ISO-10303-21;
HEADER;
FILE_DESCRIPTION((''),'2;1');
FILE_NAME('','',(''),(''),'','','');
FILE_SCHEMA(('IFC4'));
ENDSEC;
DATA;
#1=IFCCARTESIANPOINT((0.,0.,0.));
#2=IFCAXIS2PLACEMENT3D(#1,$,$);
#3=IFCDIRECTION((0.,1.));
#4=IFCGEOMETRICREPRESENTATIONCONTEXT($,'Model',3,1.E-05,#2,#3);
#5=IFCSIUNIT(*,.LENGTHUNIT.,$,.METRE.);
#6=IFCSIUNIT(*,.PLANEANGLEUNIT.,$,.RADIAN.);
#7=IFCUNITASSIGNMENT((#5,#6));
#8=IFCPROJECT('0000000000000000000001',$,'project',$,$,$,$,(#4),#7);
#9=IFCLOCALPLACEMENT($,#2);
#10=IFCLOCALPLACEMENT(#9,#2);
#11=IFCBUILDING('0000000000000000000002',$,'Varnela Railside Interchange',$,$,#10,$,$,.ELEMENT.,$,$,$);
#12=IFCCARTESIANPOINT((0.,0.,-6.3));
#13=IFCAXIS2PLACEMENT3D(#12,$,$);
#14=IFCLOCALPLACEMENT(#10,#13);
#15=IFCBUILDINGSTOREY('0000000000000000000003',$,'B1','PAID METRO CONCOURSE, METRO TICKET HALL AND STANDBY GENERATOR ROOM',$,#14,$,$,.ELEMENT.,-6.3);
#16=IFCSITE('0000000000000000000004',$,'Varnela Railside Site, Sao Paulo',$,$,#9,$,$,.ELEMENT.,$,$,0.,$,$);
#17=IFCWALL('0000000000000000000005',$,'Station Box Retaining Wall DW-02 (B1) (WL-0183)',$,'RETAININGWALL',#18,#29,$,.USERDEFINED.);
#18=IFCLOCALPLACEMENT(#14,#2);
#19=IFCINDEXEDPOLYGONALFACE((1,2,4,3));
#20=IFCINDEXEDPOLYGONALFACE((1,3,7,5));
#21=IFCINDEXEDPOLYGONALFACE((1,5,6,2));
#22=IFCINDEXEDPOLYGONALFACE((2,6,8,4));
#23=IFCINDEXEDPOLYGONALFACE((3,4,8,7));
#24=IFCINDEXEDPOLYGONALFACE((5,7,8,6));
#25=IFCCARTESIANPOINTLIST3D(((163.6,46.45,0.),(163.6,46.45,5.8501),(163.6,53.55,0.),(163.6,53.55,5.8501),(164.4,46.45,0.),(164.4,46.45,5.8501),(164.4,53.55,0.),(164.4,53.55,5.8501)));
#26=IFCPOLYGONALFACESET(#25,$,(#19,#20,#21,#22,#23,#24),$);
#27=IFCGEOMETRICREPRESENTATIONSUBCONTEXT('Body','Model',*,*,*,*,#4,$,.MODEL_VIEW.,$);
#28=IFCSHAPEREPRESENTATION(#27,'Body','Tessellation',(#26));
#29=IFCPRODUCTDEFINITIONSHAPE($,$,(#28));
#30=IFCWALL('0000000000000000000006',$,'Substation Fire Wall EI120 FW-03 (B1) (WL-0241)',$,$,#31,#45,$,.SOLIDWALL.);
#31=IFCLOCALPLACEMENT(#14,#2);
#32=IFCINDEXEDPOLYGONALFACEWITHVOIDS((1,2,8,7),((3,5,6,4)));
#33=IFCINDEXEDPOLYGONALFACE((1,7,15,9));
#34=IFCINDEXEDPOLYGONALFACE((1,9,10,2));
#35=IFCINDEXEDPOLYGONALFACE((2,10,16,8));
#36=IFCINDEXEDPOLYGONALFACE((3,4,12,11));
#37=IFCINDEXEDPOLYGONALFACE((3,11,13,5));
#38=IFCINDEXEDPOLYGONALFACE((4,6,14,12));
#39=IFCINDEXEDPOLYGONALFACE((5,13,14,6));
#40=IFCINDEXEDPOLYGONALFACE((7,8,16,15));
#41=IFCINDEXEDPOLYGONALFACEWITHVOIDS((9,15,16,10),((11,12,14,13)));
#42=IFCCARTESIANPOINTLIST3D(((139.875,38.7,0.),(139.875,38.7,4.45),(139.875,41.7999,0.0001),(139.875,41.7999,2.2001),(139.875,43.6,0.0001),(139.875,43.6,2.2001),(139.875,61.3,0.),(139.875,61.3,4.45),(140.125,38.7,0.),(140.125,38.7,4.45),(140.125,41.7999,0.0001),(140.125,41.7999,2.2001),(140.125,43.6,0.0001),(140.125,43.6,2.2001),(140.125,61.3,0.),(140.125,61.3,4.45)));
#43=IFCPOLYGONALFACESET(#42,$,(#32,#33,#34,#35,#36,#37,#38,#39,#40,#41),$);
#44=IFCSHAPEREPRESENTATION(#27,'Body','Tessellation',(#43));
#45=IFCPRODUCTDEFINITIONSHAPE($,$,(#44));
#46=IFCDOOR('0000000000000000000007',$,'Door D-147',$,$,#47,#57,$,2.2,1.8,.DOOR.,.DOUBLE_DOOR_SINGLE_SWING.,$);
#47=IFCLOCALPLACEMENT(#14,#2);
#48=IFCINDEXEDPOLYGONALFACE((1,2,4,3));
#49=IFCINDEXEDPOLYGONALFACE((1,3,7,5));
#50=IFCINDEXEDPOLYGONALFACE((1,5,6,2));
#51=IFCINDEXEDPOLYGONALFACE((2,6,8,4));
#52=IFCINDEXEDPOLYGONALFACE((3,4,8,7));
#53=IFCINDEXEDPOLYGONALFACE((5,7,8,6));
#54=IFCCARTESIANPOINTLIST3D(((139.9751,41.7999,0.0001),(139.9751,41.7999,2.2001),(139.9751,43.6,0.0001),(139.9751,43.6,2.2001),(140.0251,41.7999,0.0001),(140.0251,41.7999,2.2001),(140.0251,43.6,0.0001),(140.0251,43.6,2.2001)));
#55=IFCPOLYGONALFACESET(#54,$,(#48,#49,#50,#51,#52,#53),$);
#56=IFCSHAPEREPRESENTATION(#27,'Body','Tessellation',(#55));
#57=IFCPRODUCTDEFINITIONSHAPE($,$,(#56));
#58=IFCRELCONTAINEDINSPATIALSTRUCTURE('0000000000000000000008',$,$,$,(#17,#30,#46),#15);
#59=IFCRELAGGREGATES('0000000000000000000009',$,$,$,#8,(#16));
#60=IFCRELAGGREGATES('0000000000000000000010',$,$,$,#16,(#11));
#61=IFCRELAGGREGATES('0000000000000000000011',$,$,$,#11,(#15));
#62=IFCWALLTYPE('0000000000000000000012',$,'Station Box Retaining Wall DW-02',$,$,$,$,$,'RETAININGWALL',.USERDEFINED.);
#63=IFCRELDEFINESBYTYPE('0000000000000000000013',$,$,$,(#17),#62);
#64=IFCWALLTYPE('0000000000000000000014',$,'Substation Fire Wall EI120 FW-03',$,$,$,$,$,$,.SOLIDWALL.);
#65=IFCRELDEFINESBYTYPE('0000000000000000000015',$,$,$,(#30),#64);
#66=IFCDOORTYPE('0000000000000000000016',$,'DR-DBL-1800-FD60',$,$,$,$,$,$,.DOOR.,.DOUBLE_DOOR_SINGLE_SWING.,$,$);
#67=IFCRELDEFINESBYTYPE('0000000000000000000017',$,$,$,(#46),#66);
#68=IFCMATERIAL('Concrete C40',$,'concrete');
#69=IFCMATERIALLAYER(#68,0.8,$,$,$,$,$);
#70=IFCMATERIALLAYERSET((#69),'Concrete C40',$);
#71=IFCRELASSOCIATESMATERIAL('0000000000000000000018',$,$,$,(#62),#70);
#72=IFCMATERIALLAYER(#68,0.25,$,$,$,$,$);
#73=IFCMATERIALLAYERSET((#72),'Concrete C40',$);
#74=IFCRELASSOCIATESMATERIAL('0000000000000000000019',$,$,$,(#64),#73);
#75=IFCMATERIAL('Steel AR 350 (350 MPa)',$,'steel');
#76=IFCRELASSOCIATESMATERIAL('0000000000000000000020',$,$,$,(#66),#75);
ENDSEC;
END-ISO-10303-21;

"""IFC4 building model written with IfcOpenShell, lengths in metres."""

from ifc_helpers import new_model, si_unit, direction, frame, frame_2d, origin, place, context, subcontext, project, spatial, rectangle, extrude, material, layer, layer_set, type_object, element, fill, save


model = new_model("IFC4")

# Units and contexts
model_context = context("Model", 3, precision=1e-05, world=origin(), true_north=direction((0.0, 1.0)))
body_context = subcontext(model_context, "Body", "Model", "MODEL_VIEW")
ifc_project = project(units=[si_unit("LENGTHUNIT", "METRE"), si_unit("PLANEANGLEUNIT", "RADIAN")], contexts=[model_context])

# Site, building, storey
site_placement = place(None, origin())
site = spatial("IfcSite", under=ifc_project, at=site_placement, Name="Varnela Railside Site, Sao Paulo", CompositionType="ELEMENT", RefElevation=0.0)
building_placement = place(site_placement, origin())
building = spatial("IfcBuilding", under=site, at=building_placement, Name="Varnela Railside Interchange", CompositionType="ELEMENT")
storey_placement = place(building_placement, frame((0.0, 0.0, -6.3)))
storey = spatial("IfcBuildingStorey", under=building, at=storey_placement, Name="B1", Description="PAID METRO CONCOURSE, METRO TICKET HALL AND STANDBY GENERATOR ROOM", CompositionType="ELEMENT", Elevation=-6.3)

# Shared definitions
ifc_material_1 = material(Name="Concrete C40", Category="concrete")

# Shared definitions
ifc_material_2 = material(Name="Steel AR 350 (350 MPa)", Category="steel")

# Wall
ifc_layer_1 = layer(ifc_material_1, 0.8)
ifc_layer_set_1 = layer_set([ifc_layer_1], Name="Concrete C40")
wall_type_1 = type_object("IfcWallType", Name="Station Box Retaining Wall DW-02", ElementType="RETAININGWALL", PredefinedType="USERDEFINED", material=ifc_layer_set_1)
for number, where, z_axis, x_axis, name in (
    (1, (164.0, 46.45, 0.0), (0.0, 0.0, 1.0), (0.0, 1.0, 0.0), "Station Box Retaining Wall DW-02 (B1) (WL-0183)"),
):
    element("IfcWall", number, at=place(storey_placement, frame(where, z_axis=z_axis, x_axis=x_axis)), inside=storey, type_object=wall_type_1, Name=name, ObjectType="RETAININGWALL", PredefinedType="USERDEFINED", context=body_context, shape_type="SweptSolid", body=[
        extrude(rectangle(XDim=7.1001, YDim=0.8, at=frame_2d((3.55, 0.0))), origin(), (0.0, 0.0, 1.0), 5.8501),
    ])

# Wall, opening, door
ifc_layer_2 = layer(ifc_material_1, 0.25)
ifc_layer_set_2 = layer_set([ifc_layer_2], Name="Concrete C40")
wall_type_2 = type_object("IfcWallType", Name="Substation Fire Wall EI120 FW-03", PredefinedType="SOLIDWALL", material=ifc_layer_set_2)
wall_1_placement = place(storey_placement, frame((140.0, 38.7, 0.0), z_axis=(0.0, 0.0, 1.0), x_axis=(0.0, 1.0, 0.0)))
wall_1 = element("IfcWall", 2, at=wall_1_placement, inside=storey, type_object=wall_type_2, Name="Substation Fire Wall EI120 FW-03 (B1) (WL-0241)", PredefinedType="SOLIDWALL", context=body_context, shape_type="SweptSolid", body=[
    extrude(rectangle(XDim=22.6001, YDim=0.25, at=frame_2d((11.3, 0.0))), origin(), (0.0, 0.0, 1.0), 4.45),
])
opening_1_placement = place(wall_1_placement, frame((3.1001, 0.0, 0.0)))
opening_1 = element("IfcOpeningElement", 3, at=opening_1_placement, cuts=wall_1, PredefinedType="OPENING", context=body_context, shape_type="SweptSolid", body=[
    extrude(rectangle(XDim=1.8, YDim=2.2, at=frame_2d((0.8999, 1.1001))), frame((0.0, 0.135, 0.0), z_axis=(0.0, -1.0, 0.0), x_axis=(1.0, 0.0, 0.0)), (0.0, 0.0, 1.0), 0.27),
])
door_type_1 = type_object("IfcDoorType", Name="DR-DBL-1800-FD60", OperationType="DOUBLE_DOOR_SINGLE_SWING", PredefinedType="DOOR", material=ifc_material_2)
door_1_placement = place(opening_1_placement, origin())
door_1 = element("IfcDoor", 4, at=door_1_placement, inside=storey, type_object=door_type_1, Name="Door D-147", OperationType="DOUBLE_DOOR_SINGLE_SWING", OverallHeight=2.2, OverallWidth=1.8, PredefinedType="DOOR", context=body_context, shape_type="SweptSolid", body=[
    extrude(rectangle(XDim=1.8, YDim=2.2, at=frame_2d((0.8999, 1.1001))), frame((0.0, 0.0249, 0.0), z_axis=(0.0, -1.0, 0.0), x_axis=(1.0, 0.0, 0.0)), (0.0, 0.0, 1.0), 0.05),
])
fill(opening_1, door_1)

save(model, "model.ifc")
